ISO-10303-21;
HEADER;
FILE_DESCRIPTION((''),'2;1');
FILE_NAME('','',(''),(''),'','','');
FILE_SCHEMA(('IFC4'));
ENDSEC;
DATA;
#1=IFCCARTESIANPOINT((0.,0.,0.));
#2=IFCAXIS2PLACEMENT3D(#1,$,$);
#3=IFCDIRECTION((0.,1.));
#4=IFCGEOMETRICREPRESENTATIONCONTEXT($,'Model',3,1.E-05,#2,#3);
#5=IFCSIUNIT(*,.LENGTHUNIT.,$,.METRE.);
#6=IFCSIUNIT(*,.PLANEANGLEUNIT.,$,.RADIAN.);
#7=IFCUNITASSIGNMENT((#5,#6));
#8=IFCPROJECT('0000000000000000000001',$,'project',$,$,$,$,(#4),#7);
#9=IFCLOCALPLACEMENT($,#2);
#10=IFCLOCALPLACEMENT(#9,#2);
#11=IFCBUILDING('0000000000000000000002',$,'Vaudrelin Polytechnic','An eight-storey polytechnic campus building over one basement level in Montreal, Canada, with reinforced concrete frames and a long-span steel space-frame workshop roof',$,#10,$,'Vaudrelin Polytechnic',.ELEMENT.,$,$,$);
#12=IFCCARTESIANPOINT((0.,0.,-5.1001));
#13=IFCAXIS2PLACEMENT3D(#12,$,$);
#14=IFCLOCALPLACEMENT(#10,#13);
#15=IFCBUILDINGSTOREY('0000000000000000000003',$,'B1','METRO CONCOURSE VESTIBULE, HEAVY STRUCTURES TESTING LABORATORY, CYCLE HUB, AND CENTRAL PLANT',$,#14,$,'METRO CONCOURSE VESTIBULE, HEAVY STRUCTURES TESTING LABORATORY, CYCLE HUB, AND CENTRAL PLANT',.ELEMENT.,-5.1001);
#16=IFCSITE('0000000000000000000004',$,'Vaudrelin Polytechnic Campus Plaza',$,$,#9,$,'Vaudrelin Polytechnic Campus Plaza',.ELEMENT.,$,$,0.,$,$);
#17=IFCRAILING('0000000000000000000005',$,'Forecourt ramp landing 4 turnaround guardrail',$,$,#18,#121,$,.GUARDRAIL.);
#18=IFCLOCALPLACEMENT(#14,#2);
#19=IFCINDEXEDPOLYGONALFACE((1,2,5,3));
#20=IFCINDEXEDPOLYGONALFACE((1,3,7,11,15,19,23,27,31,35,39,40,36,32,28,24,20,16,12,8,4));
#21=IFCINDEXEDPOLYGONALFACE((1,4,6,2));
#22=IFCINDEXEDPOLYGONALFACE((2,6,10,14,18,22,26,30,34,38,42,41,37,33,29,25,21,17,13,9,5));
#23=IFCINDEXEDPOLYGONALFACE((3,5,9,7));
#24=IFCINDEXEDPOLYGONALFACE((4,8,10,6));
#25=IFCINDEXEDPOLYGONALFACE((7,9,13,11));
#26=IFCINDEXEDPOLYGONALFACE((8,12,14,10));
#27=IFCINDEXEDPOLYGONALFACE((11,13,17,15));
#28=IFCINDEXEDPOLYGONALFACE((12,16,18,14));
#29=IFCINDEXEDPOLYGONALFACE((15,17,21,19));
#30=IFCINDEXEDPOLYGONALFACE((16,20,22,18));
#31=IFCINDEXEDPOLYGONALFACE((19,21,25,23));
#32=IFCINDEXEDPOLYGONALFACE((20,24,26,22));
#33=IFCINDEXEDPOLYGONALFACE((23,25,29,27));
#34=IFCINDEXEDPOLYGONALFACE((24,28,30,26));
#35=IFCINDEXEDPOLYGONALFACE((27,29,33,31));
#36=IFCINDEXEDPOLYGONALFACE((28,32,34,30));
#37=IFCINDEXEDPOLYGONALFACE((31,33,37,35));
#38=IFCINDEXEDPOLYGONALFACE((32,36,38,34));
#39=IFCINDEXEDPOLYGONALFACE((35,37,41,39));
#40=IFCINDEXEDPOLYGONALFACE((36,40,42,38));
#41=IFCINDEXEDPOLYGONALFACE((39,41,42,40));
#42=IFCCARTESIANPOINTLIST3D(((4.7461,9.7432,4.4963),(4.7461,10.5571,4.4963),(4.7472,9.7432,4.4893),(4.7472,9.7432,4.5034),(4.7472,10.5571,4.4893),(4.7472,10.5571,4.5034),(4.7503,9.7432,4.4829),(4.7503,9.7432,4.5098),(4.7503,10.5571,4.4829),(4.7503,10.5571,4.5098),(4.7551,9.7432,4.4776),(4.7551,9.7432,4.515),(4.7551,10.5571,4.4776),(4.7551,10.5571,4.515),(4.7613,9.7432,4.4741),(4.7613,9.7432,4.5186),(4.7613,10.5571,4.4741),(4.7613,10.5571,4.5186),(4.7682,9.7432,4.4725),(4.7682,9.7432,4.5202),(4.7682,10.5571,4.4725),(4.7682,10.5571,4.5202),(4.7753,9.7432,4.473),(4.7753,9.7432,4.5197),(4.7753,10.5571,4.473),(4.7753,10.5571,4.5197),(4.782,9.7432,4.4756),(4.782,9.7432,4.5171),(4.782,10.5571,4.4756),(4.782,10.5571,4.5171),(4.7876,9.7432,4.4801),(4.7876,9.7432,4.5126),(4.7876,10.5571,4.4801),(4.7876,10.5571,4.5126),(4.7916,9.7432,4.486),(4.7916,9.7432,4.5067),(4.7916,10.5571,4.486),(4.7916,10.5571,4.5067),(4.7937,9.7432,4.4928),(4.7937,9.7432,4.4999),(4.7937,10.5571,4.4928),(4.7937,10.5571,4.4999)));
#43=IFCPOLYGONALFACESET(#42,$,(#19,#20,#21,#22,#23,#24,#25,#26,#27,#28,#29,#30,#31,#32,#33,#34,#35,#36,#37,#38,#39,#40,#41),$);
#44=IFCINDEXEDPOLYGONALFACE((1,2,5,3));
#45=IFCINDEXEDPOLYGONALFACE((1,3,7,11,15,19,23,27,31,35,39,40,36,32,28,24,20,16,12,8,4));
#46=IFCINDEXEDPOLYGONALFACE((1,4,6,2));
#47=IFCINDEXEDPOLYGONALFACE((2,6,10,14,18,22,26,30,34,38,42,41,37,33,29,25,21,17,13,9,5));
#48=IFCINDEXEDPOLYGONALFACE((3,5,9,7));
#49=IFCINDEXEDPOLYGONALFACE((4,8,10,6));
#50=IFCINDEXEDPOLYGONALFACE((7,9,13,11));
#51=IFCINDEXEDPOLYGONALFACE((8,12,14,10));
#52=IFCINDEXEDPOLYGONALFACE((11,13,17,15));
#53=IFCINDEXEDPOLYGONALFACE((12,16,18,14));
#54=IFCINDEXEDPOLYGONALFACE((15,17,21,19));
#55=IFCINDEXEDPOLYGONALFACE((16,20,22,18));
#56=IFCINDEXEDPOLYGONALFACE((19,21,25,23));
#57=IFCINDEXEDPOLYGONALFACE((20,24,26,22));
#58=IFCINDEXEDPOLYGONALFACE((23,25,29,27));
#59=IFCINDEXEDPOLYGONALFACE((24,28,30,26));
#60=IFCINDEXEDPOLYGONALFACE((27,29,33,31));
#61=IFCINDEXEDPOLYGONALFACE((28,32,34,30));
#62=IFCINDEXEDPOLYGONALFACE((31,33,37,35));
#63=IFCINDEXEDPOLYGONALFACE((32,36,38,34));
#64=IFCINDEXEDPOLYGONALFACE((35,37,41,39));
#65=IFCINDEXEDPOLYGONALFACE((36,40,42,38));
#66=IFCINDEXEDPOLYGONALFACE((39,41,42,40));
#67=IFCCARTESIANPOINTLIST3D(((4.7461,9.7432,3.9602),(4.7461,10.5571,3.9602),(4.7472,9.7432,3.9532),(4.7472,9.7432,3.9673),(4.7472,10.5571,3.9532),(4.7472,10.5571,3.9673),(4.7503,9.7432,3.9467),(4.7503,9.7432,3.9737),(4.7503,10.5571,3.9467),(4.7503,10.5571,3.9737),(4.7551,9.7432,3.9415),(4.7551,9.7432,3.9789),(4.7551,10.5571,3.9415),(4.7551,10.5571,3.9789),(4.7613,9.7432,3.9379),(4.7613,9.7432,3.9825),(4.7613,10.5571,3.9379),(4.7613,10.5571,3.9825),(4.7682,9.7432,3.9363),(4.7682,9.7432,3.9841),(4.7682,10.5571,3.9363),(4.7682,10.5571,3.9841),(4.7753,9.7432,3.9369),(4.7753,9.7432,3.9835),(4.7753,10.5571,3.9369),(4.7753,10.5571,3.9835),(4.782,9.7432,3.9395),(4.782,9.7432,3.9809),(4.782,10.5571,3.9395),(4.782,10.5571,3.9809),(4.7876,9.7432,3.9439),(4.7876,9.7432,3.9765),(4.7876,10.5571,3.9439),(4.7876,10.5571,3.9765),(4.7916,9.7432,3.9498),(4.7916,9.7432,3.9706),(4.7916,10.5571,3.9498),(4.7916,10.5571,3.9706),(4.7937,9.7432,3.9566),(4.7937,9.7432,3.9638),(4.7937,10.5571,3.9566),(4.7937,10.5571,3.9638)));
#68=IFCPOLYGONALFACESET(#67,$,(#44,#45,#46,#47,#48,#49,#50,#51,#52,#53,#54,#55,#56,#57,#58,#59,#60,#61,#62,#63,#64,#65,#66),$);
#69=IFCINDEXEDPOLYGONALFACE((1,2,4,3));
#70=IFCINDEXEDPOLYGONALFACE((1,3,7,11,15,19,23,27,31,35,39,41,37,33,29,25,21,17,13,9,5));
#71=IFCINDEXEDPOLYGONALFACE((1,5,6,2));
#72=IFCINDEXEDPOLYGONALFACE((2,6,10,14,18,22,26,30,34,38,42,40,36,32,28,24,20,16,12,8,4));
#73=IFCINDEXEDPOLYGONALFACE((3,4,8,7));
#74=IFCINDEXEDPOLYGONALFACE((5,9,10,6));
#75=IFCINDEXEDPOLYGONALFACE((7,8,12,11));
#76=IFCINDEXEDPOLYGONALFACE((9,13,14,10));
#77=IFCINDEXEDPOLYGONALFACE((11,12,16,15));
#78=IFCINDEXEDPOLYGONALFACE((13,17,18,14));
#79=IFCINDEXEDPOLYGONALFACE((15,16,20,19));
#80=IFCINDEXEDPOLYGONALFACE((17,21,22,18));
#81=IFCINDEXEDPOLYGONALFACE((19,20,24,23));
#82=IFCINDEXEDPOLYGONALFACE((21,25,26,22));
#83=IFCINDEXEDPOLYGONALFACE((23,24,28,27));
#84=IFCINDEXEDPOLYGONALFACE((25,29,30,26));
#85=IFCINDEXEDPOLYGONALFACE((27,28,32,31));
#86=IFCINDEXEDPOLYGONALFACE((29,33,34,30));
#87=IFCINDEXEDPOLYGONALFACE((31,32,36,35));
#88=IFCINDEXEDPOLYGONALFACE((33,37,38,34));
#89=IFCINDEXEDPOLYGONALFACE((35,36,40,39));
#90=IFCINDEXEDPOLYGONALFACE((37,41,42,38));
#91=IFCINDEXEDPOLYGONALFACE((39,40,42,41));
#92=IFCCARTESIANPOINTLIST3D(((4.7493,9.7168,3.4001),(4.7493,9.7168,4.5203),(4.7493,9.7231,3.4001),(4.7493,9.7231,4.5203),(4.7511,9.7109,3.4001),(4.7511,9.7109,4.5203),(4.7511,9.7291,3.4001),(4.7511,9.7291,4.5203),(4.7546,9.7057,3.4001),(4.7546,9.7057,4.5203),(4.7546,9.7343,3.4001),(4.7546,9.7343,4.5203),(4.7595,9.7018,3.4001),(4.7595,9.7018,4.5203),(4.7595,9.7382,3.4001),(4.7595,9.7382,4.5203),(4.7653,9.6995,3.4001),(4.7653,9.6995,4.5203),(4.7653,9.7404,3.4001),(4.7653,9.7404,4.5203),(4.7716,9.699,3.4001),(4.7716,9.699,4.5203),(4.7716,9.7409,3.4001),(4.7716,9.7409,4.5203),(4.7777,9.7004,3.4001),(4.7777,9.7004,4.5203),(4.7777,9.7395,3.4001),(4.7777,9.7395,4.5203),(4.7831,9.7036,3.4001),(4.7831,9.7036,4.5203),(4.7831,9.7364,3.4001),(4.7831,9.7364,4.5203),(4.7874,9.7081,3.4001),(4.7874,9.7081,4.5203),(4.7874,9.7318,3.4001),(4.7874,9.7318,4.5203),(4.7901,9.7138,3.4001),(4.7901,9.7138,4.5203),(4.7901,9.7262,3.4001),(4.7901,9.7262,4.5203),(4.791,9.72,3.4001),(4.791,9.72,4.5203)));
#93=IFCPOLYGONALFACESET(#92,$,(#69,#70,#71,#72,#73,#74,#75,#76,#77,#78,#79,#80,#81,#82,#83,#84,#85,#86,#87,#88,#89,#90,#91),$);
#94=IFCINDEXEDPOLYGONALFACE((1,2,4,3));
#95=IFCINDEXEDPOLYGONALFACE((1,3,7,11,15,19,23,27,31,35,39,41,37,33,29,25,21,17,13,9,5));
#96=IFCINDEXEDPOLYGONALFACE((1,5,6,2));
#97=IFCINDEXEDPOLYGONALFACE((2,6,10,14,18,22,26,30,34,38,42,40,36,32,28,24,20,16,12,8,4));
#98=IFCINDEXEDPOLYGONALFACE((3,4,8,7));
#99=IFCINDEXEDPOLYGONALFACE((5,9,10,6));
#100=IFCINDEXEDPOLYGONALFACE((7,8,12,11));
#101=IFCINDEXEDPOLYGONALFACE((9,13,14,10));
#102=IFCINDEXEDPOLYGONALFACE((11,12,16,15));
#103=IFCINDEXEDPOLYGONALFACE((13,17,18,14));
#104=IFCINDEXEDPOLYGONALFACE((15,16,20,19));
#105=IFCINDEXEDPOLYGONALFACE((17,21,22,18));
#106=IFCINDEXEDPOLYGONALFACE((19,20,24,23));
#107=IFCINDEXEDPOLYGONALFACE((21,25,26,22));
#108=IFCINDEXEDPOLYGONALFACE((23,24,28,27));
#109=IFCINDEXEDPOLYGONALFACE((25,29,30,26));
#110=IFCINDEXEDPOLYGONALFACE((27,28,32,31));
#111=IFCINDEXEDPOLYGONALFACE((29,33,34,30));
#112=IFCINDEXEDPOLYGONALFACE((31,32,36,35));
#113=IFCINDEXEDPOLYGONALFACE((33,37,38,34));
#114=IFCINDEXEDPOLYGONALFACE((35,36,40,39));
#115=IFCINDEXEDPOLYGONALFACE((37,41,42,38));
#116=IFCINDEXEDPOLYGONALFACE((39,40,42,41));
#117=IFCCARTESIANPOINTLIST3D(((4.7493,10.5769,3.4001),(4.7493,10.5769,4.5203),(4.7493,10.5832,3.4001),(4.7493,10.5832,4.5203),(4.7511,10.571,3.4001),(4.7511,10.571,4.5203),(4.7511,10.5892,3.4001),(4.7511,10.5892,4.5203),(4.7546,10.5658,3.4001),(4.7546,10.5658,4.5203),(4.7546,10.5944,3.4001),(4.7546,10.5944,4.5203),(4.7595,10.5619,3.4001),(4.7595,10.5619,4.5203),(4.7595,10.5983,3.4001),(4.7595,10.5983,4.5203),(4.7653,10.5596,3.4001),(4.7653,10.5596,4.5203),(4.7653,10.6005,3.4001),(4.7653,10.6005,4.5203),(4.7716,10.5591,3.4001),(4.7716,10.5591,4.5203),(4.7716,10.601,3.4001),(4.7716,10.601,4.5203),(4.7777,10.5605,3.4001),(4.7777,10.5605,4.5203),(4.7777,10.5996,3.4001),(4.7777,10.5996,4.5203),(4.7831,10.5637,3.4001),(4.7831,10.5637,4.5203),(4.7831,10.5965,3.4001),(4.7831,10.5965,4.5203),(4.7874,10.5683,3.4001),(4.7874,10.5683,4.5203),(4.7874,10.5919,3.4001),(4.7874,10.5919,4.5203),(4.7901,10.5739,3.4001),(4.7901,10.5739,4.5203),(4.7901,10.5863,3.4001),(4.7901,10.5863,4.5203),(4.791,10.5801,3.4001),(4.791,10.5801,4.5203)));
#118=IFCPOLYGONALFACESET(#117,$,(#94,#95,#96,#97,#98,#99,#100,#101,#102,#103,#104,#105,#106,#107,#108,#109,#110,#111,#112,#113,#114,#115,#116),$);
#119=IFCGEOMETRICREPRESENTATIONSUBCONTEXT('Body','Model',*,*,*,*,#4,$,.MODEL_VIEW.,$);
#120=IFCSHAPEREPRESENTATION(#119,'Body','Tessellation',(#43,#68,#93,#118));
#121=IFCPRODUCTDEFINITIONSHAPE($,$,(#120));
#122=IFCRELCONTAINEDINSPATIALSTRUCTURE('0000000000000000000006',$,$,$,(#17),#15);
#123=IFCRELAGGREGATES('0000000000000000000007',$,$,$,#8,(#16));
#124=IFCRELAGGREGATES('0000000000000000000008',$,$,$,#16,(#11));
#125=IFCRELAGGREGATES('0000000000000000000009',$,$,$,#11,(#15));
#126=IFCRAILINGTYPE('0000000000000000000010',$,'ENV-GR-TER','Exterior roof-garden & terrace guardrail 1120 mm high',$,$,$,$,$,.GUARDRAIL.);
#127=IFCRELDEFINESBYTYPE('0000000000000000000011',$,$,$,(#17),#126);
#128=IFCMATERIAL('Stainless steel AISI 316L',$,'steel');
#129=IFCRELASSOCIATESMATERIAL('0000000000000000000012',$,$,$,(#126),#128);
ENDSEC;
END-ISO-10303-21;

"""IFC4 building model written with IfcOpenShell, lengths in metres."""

from ifc_helpers import new_model, si_unit, direction, frame, origin, origin_2d, place, context, subcontext, project, spatial, circle, extrude, material, type_object, element, save


model = new_model("IFC4")

# Units and contexts
model_context = context("Model", 3, precision=1e-05, world=origin(), true_north=direction((0.0, 1.0)))
body_context = subcontext(model_context, "Body", "Model", "MODEL_VIEW")
ifc_project = project(units=[si_unit("LENGTHUNIT", "METRE"), si_unit("PLANEANGLEUNIT", "RADIAN")], contexts=[model_context])

# Site, building, storey
site_placement = place(None, origin())
site = spatial("IfcSite", under=ifc_project, at=site_placement, Name="Vaudrelin Polytechnic Campus Plaza", LongName="Vaudrelin Polytechnic Campus Plaza", CompositionType="ELEMENT", RefElevation=0.0)
building_placement = place(site_placement, origin())
building = spatial("IfcBuilding", under=site, at=building_placement, Name="Vaudrelin Polytechnic", Description="An eight-storey polytechnic campus building over one basement level in Montreal, Canada, with reinforced concrete frames and a long-span steel space-frame workshop roof", LongName="Vaudrelin Polytechnic", CompositionType="ELEMENT")
storey_placement = place(building_placement, frame((0.0, 0.0, -5.1001)))
storey = spatial("IfcBuildingStorey", under=building, at=storey_placement, Name="B1", Description="METRO CONCOURSE VESTIBULE, HEAVY STRUCTURES TESTING LABORATORY, CYCLE HUB, AND CENTRAL PLANT", LongName="METRO CONCOURSE VESTIBULE, HEAVY STRUCTURES TESTING LABORATORY, CYCLE HUB, AND CENTRAL PLANT", CompositionType="ELEMENT", Elevation=-5.1001)

# Railing
ifc_material_1 = material(Name="Stainless steel AISI 316L", Category="steel")
railing_type_1 = type_object("IfcRailingType", Name="ENV-GR-TER", Description="Exterior roof-garden & terrace guardrail 1120 mm high", PredefinedType="GUARDRAIL", material=ifc_material_1)
railing_1_placement = place(storey_placement, frame((4.77, 9.72, 3.4001)))
element("IfcRailing", 1, at=railing_1_placement, inside=storey, type_object=railing_type_1, Name="Forecourt ramp landing 4 turnaround guardrail", PredefinedType="GUARDRAIL", context=body_context, shape_type="SweptSolid", body=[
    extrude(circle(Radius=0.0239, at=origin_2d()), frame((0.0, 0.0232, 1.0962), z_axis=(0.0, 1.0, 0.0), x_axis=(-1.0, 0.0, 0.0)), (0.0, 0.0, 1.0), 0.814),
    extrude(circle(Radius=0.0239, at=origin_2d()), frame((0.0, 0.0232, 0.5601), z_axis=(0.0, 1.0, 0.0), x_axis=(-1.0, 0.0, 0.0)), (0.0, 0.0, 1.0), 0.814),
    extrude(circle(Radius=0.021, at=origin_2d()), origin(), (0.0, 0.0, 1.0), 1.1201),
    extrude(circle(Radius=0.021, at=origin_2d()), frame((0.0, 0.8601, 0.0)), (0.0, 0.0, 1.0), 1.1201),
])

save(model, "model.ifc")
